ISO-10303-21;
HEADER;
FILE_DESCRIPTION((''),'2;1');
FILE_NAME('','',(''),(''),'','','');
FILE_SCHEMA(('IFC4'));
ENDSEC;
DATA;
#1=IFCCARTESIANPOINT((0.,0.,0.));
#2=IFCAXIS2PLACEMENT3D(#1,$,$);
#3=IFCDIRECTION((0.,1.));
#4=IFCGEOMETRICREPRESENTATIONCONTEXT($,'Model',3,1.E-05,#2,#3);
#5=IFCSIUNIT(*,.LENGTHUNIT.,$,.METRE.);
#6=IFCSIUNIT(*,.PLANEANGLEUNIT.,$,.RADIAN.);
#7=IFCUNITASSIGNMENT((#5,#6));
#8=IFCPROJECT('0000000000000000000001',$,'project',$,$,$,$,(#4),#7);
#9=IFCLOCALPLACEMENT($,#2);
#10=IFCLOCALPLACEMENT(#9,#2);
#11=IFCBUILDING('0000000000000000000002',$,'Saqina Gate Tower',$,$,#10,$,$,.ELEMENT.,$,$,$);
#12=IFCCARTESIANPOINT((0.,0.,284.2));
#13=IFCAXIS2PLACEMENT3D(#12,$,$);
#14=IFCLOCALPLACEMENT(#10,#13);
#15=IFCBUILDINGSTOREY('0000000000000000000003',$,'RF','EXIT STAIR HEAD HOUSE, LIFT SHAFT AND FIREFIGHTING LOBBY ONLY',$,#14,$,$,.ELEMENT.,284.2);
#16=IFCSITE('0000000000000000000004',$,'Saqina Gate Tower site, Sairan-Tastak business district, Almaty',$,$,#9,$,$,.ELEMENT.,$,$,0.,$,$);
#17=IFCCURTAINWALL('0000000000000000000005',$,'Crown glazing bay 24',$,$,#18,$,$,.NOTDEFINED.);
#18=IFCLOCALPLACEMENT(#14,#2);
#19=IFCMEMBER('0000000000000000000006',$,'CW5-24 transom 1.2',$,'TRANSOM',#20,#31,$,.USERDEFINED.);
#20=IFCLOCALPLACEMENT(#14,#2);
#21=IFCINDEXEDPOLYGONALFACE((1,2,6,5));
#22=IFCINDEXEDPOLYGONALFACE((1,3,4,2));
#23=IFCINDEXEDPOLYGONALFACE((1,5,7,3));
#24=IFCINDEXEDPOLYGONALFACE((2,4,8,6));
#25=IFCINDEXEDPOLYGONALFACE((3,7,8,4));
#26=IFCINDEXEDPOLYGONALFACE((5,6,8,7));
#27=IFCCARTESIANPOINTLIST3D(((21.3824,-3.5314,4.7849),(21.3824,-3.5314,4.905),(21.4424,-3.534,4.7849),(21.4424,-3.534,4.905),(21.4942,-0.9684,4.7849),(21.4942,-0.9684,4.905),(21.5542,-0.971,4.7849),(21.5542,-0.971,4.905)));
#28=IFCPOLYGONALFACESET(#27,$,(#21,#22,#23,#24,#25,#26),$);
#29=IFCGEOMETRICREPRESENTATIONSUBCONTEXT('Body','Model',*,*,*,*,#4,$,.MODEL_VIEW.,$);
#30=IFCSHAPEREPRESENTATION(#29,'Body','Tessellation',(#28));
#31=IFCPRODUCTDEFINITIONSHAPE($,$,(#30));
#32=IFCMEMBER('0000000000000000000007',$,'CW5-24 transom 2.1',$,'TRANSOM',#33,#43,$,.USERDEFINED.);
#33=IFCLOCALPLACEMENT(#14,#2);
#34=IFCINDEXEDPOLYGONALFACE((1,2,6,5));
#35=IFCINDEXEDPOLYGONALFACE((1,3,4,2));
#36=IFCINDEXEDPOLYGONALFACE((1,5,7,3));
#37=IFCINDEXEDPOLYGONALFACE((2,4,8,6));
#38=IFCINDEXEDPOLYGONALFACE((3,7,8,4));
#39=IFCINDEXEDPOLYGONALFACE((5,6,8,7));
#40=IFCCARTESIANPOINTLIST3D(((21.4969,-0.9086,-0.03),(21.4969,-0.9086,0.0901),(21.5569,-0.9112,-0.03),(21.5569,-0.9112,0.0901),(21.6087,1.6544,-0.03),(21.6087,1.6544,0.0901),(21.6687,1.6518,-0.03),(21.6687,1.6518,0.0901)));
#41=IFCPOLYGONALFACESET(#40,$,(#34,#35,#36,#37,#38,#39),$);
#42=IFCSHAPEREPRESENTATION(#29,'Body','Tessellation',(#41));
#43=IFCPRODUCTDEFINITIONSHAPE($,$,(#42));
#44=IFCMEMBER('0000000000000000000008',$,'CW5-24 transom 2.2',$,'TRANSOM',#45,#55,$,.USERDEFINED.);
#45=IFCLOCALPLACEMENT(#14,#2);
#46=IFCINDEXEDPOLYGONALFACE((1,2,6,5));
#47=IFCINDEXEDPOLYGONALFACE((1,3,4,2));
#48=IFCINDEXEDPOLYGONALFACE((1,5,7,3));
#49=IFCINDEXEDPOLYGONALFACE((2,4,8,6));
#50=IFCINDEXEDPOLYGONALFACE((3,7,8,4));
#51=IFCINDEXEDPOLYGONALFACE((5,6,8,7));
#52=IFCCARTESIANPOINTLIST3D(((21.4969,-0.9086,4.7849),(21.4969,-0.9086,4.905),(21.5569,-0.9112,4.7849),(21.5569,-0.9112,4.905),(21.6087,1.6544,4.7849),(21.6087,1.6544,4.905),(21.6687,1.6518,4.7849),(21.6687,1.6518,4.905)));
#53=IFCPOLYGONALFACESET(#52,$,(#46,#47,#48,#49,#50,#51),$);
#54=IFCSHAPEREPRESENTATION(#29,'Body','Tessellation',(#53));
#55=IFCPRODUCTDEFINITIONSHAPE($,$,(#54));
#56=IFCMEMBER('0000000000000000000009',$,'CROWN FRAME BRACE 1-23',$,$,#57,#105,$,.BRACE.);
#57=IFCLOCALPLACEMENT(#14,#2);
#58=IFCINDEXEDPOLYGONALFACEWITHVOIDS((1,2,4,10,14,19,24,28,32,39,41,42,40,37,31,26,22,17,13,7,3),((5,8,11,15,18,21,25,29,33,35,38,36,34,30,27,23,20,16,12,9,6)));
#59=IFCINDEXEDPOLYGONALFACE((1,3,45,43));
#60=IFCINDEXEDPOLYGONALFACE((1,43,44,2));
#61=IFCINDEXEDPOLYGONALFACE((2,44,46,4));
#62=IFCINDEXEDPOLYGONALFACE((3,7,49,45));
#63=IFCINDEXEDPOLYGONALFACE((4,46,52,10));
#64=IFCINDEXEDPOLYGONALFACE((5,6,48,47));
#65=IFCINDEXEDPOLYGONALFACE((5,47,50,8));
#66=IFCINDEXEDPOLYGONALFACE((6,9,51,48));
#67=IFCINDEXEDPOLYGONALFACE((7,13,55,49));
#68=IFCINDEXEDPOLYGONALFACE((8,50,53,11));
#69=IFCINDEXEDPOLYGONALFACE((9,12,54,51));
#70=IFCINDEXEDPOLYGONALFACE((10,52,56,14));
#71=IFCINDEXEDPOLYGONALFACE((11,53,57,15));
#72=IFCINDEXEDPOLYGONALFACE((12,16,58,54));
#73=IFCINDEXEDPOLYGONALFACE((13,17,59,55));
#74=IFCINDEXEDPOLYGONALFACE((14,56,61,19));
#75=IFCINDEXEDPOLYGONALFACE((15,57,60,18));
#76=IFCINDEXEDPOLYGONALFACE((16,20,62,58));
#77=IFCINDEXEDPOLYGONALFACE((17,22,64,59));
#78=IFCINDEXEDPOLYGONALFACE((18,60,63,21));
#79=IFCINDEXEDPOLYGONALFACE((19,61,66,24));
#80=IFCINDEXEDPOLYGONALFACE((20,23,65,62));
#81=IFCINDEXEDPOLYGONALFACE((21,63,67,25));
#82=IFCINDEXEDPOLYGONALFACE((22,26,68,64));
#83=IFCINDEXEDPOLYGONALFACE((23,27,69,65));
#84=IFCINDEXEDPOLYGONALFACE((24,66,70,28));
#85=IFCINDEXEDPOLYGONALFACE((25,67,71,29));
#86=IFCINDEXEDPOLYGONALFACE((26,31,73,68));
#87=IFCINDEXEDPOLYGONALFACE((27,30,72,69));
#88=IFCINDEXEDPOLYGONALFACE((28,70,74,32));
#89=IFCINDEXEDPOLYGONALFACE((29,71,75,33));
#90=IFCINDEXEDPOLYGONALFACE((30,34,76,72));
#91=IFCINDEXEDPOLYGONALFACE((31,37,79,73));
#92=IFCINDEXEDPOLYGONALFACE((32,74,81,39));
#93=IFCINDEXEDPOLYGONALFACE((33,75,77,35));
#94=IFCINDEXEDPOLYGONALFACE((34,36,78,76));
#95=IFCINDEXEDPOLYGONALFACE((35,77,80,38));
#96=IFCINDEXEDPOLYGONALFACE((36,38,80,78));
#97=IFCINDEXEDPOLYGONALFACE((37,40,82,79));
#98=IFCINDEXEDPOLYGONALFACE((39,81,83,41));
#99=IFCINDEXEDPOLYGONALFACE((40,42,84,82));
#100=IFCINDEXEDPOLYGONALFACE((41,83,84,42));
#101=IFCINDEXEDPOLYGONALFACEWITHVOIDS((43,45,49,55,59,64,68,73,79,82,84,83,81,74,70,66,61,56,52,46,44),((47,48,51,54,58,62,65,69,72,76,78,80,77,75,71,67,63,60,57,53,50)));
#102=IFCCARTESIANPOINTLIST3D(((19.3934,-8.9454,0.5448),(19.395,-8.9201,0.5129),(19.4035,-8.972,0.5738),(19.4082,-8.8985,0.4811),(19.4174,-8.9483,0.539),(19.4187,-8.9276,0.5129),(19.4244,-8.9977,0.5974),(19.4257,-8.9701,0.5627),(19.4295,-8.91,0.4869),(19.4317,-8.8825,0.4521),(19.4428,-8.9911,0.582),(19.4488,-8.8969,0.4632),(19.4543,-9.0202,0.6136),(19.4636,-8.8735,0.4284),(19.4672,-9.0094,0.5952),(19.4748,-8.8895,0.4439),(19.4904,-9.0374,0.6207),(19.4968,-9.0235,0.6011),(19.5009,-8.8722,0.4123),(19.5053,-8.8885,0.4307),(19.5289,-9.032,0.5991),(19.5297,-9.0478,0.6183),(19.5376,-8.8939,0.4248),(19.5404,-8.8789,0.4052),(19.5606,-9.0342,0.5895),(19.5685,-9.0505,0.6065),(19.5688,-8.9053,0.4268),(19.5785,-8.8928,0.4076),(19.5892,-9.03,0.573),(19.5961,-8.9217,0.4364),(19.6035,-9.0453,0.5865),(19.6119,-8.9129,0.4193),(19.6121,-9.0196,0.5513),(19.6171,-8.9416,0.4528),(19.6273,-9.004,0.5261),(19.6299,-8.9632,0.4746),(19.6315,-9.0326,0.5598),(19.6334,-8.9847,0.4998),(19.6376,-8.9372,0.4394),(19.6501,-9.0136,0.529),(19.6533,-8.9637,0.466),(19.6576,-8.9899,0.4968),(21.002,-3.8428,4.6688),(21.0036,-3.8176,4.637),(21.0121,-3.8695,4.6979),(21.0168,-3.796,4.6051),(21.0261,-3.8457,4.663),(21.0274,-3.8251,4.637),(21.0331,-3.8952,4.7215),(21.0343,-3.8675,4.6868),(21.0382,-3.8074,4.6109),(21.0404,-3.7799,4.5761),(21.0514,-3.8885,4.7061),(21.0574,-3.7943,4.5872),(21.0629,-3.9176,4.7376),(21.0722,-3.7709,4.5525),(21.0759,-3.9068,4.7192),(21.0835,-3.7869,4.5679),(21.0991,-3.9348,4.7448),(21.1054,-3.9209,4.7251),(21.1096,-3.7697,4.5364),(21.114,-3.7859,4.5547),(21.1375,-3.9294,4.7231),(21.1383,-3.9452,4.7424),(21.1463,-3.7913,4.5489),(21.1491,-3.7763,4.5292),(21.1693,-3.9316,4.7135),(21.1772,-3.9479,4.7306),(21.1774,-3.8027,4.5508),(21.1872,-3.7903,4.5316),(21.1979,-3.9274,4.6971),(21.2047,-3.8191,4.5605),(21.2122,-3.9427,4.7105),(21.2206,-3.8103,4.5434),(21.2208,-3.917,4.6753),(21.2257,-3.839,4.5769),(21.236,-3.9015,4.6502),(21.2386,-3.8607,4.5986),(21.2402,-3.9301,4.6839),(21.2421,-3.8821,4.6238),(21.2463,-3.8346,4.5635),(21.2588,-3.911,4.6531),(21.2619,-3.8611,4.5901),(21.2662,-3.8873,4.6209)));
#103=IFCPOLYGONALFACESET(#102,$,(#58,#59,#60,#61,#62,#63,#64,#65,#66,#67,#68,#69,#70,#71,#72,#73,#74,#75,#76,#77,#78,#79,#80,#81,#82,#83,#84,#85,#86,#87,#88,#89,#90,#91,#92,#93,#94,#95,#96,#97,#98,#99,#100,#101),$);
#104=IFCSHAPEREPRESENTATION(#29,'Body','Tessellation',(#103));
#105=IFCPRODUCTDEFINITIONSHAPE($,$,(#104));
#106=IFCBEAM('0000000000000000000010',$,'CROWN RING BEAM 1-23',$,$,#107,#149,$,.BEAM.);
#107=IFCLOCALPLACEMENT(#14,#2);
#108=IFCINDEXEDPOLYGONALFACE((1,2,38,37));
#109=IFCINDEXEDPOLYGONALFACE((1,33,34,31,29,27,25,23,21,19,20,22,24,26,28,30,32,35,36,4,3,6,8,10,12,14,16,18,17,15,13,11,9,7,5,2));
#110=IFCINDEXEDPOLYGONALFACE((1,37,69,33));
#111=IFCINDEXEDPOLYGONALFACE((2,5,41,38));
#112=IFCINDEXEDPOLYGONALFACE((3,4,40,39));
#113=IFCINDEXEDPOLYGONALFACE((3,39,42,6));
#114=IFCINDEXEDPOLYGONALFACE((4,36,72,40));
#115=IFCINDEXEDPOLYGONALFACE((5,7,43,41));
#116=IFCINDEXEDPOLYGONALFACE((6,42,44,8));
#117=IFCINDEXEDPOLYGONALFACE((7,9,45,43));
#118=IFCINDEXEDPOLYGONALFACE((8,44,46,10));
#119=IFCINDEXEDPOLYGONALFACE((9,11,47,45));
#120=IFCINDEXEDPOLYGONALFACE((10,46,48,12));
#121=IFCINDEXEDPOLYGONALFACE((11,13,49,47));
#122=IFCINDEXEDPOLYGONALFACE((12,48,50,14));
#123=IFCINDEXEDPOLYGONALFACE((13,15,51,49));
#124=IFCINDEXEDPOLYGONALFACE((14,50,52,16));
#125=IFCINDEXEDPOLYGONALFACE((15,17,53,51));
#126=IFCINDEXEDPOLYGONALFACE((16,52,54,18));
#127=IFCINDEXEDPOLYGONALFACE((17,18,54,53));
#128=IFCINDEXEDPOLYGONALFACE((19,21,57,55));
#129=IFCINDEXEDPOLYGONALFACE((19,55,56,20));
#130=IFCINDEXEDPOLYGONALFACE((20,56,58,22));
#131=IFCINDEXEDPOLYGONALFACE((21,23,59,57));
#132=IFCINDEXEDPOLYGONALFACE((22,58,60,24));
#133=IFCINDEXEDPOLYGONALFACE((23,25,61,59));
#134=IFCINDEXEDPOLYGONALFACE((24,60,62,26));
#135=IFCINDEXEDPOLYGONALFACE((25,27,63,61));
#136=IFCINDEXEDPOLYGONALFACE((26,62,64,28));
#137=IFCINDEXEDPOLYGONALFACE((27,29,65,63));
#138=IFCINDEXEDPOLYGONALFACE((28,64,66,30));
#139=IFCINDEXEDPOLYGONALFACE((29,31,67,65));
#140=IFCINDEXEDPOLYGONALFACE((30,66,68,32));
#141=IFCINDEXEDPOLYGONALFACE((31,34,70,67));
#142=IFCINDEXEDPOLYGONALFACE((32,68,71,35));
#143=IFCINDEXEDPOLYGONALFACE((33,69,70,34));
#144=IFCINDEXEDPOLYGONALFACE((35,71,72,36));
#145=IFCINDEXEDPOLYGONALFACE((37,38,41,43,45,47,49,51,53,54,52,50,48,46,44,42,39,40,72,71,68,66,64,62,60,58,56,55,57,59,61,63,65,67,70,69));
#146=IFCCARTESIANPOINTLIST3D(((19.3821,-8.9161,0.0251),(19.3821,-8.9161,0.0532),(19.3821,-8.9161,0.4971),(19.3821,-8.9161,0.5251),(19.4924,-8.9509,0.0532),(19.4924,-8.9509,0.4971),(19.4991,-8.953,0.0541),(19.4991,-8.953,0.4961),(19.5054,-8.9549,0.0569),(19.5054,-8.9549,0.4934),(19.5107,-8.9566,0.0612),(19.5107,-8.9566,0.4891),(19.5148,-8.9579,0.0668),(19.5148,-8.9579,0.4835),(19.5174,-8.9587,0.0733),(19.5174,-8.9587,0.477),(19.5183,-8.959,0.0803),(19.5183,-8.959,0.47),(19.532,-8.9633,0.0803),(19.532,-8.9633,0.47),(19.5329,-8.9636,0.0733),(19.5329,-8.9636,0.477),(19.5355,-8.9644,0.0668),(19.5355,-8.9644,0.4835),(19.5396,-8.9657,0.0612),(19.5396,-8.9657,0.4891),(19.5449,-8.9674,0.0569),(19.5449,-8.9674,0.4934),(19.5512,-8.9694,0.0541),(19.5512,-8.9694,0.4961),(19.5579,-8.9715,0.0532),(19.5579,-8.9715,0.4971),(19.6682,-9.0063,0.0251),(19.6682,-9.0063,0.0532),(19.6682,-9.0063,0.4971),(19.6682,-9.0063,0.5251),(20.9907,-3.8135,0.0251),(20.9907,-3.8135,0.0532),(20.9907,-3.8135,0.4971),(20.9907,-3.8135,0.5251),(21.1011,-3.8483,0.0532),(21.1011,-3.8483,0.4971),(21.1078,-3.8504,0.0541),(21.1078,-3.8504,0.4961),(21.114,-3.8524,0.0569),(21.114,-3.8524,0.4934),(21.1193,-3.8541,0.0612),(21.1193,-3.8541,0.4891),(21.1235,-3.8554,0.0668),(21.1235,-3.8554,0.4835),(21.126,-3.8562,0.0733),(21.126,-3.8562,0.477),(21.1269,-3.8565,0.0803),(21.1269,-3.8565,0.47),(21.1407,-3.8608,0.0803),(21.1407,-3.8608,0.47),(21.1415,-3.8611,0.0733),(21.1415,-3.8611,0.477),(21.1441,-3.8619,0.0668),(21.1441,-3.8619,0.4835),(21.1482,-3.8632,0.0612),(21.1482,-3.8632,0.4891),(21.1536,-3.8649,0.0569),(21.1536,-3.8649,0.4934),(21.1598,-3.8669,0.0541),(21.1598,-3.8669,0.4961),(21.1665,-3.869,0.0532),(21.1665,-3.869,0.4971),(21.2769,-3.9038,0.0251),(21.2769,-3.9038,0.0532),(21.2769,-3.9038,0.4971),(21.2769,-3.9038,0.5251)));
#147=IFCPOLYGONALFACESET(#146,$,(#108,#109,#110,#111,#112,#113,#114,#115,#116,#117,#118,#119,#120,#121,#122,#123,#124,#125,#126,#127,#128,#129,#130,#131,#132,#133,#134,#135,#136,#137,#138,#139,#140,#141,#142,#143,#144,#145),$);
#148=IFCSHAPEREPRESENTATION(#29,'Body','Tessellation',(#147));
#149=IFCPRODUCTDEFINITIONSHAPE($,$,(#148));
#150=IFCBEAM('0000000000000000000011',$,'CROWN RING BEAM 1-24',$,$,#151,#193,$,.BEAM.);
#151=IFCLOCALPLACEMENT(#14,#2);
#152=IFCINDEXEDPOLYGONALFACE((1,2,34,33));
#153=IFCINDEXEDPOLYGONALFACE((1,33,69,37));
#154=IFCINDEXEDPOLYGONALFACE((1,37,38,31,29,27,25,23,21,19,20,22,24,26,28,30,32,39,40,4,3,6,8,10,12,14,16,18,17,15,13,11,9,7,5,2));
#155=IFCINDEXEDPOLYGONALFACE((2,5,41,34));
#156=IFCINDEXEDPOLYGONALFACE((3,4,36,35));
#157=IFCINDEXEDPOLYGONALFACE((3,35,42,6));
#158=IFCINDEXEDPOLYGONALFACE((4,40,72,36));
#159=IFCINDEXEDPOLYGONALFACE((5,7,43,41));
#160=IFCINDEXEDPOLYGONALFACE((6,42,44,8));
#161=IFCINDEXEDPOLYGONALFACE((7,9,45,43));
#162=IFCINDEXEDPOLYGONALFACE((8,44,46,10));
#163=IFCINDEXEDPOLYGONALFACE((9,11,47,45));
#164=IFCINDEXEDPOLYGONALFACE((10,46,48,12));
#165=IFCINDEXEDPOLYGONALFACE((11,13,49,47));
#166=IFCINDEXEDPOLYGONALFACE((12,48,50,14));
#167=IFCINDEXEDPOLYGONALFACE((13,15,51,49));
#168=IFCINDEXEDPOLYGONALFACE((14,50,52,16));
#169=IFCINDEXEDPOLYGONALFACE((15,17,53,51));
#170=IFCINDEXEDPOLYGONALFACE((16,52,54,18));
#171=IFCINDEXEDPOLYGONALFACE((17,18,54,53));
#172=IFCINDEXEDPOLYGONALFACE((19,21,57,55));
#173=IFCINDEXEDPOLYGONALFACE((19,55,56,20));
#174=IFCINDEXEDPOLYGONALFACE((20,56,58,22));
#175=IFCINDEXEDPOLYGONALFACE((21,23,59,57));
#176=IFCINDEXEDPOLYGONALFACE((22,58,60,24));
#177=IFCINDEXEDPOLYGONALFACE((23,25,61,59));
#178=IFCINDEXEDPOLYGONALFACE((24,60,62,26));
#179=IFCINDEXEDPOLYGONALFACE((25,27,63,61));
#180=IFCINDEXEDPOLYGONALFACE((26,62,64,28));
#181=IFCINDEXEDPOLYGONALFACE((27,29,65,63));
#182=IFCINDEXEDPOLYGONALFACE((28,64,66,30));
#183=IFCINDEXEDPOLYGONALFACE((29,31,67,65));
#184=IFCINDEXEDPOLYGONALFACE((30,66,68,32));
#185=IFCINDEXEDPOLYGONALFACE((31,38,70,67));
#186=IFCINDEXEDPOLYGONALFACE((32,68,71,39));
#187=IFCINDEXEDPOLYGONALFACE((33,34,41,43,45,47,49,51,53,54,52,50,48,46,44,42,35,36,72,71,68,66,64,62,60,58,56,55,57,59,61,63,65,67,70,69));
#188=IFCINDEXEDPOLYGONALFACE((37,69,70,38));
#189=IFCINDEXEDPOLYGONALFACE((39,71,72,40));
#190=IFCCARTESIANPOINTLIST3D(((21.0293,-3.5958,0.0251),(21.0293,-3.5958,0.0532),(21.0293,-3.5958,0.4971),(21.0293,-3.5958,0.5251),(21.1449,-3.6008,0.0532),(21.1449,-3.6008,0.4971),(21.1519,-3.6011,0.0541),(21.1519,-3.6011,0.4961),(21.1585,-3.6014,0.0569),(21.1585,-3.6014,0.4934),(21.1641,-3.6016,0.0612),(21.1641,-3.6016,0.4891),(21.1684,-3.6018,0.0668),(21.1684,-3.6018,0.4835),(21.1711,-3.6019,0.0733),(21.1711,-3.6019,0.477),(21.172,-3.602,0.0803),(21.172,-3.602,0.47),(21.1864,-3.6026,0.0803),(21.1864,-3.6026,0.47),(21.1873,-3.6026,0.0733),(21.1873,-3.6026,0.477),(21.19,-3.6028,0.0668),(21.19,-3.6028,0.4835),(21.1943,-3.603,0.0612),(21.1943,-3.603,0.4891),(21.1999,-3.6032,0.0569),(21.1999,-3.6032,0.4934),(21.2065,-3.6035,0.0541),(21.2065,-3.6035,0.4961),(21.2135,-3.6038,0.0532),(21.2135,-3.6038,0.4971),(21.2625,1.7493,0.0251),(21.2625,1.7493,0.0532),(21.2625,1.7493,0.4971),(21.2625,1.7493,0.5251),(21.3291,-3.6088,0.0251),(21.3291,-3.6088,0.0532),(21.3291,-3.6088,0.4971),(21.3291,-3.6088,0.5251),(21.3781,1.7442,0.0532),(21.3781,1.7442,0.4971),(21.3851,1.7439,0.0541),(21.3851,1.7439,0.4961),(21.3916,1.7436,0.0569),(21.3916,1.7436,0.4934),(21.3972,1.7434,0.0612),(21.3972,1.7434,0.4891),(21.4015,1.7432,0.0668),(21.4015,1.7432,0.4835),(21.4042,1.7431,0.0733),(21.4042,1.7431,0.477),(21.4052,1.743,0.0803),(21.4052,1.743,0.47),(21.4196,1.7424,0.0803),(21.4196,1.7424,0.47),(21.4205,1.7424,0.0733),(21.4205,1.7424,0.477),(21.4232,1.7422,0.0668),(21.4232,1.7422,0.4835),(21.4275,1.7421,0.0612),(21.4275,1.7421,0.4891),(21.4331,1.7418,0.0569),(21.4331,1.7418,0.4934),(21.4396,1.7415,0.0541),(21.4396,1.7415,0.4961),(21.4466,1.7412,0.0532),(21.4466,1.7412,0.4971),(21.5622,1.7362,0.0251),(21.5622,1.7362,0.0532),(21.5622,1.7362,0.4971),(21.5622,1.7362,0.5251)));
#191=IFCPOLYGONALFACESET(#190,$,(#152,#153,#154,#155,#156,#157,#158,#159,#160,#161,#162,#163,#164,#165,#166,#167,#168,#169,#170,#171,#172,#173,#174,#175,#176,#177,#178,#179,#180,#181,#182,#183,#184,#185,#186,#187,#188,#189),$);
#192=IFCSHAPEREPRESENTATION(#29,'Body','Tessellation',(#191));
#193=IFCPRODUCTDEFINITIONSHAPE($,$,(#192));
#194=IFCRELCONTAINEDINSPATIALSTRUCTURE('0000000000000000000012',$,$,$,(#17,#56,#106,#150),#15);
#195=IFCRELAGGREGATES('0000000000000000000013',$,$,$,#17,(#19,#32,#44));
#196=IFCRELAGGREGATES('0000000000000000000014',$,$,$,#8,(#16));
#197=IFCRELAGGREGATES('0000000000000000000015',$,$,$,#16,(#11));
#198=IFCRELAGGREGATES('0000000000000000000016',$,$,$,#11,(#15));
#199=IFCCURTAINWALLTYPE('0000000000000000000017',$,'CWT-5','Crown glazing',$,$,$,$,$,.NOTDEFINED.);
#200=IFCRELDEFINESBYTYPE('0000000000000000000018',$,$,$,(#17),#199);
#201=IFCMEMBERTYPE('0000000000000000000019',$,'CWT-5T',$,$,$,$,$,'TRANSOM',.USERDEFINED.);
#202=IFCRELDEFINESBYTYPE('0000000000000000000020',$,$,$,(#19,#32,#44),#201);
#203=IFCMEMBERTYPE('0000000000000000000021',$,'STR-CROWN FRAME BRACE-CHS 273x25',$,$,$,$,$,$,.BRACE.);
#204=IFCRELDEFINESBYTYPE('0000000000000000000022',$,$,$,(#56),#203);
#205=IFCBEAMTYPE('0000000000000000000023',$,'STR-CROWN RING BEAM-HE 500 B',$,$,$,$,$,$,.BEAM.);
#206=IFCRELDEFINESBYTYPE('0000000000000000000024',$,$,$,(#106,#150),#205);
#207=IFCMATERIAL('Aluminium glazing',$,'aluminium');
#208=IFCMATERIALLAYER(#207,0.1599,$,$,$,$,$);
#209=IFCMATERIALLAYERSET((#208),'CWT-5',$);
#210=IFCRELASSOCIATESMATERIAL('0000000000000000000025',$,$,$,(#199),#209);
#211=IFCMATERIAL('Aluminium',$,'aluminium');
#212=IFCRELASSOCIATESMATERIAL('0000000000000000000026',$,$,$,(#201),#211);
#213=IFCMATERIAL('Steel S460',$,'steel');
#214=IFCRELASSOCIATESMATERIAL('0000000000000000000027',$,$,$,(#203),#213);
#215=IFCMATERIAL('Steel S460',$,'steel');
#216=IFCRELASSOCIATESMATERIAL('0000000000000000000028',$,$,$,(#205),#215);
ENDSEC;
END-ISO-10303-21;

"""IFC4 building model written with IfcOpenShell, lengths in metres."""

from ifc_helpers import new_model, si_unit, direction, frame, origin, origin_2d, place, context, subcontext, project, spatial, rectangle, hollow_circle, i_section, extrude, material, layer, layer_set, material_profile, profile_set, type_object, element, aggregate, save


model = new_model("IFC4")

# Units and contexts
model_context = context("Model", 3, precision=1e-05, world=origin(), true_north=direction((0.0, 1.0)))
body_context = subcontext(model_context, "Body", "Model", "MODEL_VIEW")
ifc_project = project(units=[si_unit("LENGTHUNIT", "METRE"), si_unit("PLANEANGLEUNIT", "RADIAN")], contexts=[model_context])

# Site, building, storey
site_placement = place(None, origin())
site = spatial("IfcSite", under=ifc_project, at=site_placement, Name="Saqina Gate Tower site, Sairan-Tastak business district, Almaty", CompositionType="ELEMENT", RefElevation=0.0)
building_placement = place(site_placement, origin())
building = spatial("IfcBuilding", under=site, at=building_placement, Name="Saqina Gate Tower", CompositionType="ELEMENT")
storey_placement = place(building_placement, frame((0.0, 0.0, 284.2)))
storey = spatial("IfcBuildingStorey", under=building, at=storey_placement, Name="RF", Description="EXIT STAIR HEAD HOUSE, LIFT SHAFT AND FIREFIGHTING LOBBY ONLY", CompositionType="ELEMENT", Elevation=284.2)

# Shared definitions
ifc_material_1 = material(Name="Aluminium glazing", Category="aluminium")
ifc_layer_1 = layer(ifc_material_1, 0.1599)
ifc_layer_set_1 = layer_set([ifc_layer_1], Name="CWT-5")
curtain_wall_type = type_object("IfcCurtainWallType", Name="CWT-5", Description="Crown glazing", PredefinedType="NOTDEFINED", material=ifc_layer_set_1)

# Curtain wall, members
curtain_wall_1_placement = place(storey_placement, origin())
curtain_wall_1 = element("IfcCurtainWall", 1, at=curtain_wall_1_placement, inside=storey, type_object=curtain_wall_type, Name="Crown glazing bay 24", PredefinedType="NOTDEFINED")
ifc_material_2 = material(Name="Aluminium", Category="aluminium")
ifc_material_profile_1 = material_profile(ifc_material_2, rectangle(XDim=0.0601, YDim=0.1201, at=origin_2d()), Name="Aluminium 60x120")
ifc_profile_set_1 = profile_set([ifc_material_profile_1], Name="Aluminium")
member_type_1 = type_object("IfcMemberType", Name="CWT-5T", ElementType="TRANSOM", PredefinedType="USERDEFINED", material=ifc_profile_set_1)
member_1_placement = place(storey_placement, frame((21.4124, -3.5327, 4.845), z_axis=(0.043586, 0.99905, 0.0), x_axis=(-0.99905, 0.043586, 0.0)))
member_1 = element("IfcMember", 2, at=member_1_placement, type_object=member_type_1, Name="CW5-24 transom 1.2", ObjectType="TRANSOM", PredefinedType="USERDEFINED", context=body_context, shape_type="SweptSolid", body=[
    extrude(rectangle(XDim=0.0601, YDim=0.1201, at=origin_2d()), origin(), (0.0, 0.0, 1.0), 2.5654),
])
member_2_placement = place(storey_placement, frame((21.5269, -0.9099, 0.03), z_axis=(0.043586, 0.99905, 0.0), x_axis=(-0.99905, 0.043586, 0.0)))
member_2 = element("IfcMember", 3, at=member_2_placement, type_object=member_type_1, Name="CW5-24 transom 2.1", ObjectType="TRANSOM", PredefinedType="USERDEFINED", context=body_context, shape_type="SweptSolid", body=[
    extrude(rectangle(XDim=0.0601, YDim=0.1201, at=origin_2d()), origin(), (0.0, 0.0, 1.0), 2.5654),
])
member_3_placement = place(storey_placement, frame((21.5269, -0.9099, 4.845), z_axis=(0.043586, 0.99905, 0.0), x_axis=(-0.99905, 0.043586, 0.0)))
member_3 = element("IfcMember", 4, at=member_3_placement, type_object=member_type_1, Name="CW5-24 transom 2.2", ObjectType="TRANSOM", PredefinedType="USERDEFINED", context=body_context, shape_type="SweptSolid", body=[
    extrude(rectangle(XDim=0.0601, YDim=0.1201, at=origin_2d()), origin(), (0.0, 0.0, 1.0), 2.5654),
])

# Member
ifc_material_3 = material(Name="Steel S460", Category="steel")
ifc_material_profile_2 = material_profile(ifc_material_3, hollow_circle(Radius=0.1365, WallThickness=0.0249, at=origin_2d()), Name="CHS 273x25")
ifc_profile_set_2 = profile_set([ifc_material_profile_2], Name="Steel S460")
member_type_2 = type_object("IfcMemberType", Name="STR-CROWN FRAME BRACE-CHS 273x25", PredefinedType="BRACE", material=ifc_profile_set_2)
member_4_placement = place(storey_placement, frame((19.5251, -8.9612, 0.5129), z_axis=(0.238138, 0.755362, 0.610506), x_axis=(-0.953727, 0.300675, 0.0)))
element("IfcMember", 5, at=member_4_placement, inside=storey, type_object=member_type_2, Name="CROWN FRAME BRACE 1-23", PredefinedType="BRACE", context=body_context, shape_type="SweptSolid", body=[
    extrude(hollow_circle(Radius=0.1365, WallThickness=0.0249, at=origin_2d()), origin(), (0.0, 0.0, 1.0), 6.7551),
])

# Beams
ifc_material_4 = material(Name="Steel S460", Category="steel")
ifc_material_profile_3 = material_profile(ifc_material_4, i_section(OverallWidth=0.3, OverallDepth=0.5, WebThickness=0.0144, FlangeThickness=0.0281, FilletRadius=0.0271, at=origin_2d()), Name="HE 500 B")
ifc_profile_set_3 = profile_set([ifc_material_profile_3], Name="Steel S460")
beam_type = type_object("IfcBeamType", Name="STR-CROWN RING BEAM-HE 500 B", PredefinedType="BEAM", material=ifc_profile_set_3)
for number, where, z_axis, x_axis, name in (
    (6, (19.5251, -8.9612, 0.2751), (0.300675, 0.953727, 0.0), (-0.953727, 0.300675, 0.0), "CROWN RING BEAM 1-23"),
    (7, (21.1792, -3.6023, 0.2751), (0.04358, 0.99905, 0.0), (-0.99905, 0.04358, 0.0), "CROWN RING BEAM 1-24"),
):
    element("IfcBeam", number, at=place(storey_placement, frame(where, z_axis=z_axis, x_axis=x_axis)), inside=storey, type_object=beam_type, Name=name, PredefinedType="BEAM", context=body_context, shape_type="SweptSolid", body=[
        extrude(i_section(OverallWidth=0.3, OverallDepth=0.5, WebThickness=0.0144, FlangeThickness=0.0281, FilletRadius=0.0271, at=origin_2d()), origin(), (0.0, 0.0, 1.0), 5.3501),
    ])

aggregate(curtain_wall_1, [member_1, member_2, member_3])

save(model, "model.ifc")
